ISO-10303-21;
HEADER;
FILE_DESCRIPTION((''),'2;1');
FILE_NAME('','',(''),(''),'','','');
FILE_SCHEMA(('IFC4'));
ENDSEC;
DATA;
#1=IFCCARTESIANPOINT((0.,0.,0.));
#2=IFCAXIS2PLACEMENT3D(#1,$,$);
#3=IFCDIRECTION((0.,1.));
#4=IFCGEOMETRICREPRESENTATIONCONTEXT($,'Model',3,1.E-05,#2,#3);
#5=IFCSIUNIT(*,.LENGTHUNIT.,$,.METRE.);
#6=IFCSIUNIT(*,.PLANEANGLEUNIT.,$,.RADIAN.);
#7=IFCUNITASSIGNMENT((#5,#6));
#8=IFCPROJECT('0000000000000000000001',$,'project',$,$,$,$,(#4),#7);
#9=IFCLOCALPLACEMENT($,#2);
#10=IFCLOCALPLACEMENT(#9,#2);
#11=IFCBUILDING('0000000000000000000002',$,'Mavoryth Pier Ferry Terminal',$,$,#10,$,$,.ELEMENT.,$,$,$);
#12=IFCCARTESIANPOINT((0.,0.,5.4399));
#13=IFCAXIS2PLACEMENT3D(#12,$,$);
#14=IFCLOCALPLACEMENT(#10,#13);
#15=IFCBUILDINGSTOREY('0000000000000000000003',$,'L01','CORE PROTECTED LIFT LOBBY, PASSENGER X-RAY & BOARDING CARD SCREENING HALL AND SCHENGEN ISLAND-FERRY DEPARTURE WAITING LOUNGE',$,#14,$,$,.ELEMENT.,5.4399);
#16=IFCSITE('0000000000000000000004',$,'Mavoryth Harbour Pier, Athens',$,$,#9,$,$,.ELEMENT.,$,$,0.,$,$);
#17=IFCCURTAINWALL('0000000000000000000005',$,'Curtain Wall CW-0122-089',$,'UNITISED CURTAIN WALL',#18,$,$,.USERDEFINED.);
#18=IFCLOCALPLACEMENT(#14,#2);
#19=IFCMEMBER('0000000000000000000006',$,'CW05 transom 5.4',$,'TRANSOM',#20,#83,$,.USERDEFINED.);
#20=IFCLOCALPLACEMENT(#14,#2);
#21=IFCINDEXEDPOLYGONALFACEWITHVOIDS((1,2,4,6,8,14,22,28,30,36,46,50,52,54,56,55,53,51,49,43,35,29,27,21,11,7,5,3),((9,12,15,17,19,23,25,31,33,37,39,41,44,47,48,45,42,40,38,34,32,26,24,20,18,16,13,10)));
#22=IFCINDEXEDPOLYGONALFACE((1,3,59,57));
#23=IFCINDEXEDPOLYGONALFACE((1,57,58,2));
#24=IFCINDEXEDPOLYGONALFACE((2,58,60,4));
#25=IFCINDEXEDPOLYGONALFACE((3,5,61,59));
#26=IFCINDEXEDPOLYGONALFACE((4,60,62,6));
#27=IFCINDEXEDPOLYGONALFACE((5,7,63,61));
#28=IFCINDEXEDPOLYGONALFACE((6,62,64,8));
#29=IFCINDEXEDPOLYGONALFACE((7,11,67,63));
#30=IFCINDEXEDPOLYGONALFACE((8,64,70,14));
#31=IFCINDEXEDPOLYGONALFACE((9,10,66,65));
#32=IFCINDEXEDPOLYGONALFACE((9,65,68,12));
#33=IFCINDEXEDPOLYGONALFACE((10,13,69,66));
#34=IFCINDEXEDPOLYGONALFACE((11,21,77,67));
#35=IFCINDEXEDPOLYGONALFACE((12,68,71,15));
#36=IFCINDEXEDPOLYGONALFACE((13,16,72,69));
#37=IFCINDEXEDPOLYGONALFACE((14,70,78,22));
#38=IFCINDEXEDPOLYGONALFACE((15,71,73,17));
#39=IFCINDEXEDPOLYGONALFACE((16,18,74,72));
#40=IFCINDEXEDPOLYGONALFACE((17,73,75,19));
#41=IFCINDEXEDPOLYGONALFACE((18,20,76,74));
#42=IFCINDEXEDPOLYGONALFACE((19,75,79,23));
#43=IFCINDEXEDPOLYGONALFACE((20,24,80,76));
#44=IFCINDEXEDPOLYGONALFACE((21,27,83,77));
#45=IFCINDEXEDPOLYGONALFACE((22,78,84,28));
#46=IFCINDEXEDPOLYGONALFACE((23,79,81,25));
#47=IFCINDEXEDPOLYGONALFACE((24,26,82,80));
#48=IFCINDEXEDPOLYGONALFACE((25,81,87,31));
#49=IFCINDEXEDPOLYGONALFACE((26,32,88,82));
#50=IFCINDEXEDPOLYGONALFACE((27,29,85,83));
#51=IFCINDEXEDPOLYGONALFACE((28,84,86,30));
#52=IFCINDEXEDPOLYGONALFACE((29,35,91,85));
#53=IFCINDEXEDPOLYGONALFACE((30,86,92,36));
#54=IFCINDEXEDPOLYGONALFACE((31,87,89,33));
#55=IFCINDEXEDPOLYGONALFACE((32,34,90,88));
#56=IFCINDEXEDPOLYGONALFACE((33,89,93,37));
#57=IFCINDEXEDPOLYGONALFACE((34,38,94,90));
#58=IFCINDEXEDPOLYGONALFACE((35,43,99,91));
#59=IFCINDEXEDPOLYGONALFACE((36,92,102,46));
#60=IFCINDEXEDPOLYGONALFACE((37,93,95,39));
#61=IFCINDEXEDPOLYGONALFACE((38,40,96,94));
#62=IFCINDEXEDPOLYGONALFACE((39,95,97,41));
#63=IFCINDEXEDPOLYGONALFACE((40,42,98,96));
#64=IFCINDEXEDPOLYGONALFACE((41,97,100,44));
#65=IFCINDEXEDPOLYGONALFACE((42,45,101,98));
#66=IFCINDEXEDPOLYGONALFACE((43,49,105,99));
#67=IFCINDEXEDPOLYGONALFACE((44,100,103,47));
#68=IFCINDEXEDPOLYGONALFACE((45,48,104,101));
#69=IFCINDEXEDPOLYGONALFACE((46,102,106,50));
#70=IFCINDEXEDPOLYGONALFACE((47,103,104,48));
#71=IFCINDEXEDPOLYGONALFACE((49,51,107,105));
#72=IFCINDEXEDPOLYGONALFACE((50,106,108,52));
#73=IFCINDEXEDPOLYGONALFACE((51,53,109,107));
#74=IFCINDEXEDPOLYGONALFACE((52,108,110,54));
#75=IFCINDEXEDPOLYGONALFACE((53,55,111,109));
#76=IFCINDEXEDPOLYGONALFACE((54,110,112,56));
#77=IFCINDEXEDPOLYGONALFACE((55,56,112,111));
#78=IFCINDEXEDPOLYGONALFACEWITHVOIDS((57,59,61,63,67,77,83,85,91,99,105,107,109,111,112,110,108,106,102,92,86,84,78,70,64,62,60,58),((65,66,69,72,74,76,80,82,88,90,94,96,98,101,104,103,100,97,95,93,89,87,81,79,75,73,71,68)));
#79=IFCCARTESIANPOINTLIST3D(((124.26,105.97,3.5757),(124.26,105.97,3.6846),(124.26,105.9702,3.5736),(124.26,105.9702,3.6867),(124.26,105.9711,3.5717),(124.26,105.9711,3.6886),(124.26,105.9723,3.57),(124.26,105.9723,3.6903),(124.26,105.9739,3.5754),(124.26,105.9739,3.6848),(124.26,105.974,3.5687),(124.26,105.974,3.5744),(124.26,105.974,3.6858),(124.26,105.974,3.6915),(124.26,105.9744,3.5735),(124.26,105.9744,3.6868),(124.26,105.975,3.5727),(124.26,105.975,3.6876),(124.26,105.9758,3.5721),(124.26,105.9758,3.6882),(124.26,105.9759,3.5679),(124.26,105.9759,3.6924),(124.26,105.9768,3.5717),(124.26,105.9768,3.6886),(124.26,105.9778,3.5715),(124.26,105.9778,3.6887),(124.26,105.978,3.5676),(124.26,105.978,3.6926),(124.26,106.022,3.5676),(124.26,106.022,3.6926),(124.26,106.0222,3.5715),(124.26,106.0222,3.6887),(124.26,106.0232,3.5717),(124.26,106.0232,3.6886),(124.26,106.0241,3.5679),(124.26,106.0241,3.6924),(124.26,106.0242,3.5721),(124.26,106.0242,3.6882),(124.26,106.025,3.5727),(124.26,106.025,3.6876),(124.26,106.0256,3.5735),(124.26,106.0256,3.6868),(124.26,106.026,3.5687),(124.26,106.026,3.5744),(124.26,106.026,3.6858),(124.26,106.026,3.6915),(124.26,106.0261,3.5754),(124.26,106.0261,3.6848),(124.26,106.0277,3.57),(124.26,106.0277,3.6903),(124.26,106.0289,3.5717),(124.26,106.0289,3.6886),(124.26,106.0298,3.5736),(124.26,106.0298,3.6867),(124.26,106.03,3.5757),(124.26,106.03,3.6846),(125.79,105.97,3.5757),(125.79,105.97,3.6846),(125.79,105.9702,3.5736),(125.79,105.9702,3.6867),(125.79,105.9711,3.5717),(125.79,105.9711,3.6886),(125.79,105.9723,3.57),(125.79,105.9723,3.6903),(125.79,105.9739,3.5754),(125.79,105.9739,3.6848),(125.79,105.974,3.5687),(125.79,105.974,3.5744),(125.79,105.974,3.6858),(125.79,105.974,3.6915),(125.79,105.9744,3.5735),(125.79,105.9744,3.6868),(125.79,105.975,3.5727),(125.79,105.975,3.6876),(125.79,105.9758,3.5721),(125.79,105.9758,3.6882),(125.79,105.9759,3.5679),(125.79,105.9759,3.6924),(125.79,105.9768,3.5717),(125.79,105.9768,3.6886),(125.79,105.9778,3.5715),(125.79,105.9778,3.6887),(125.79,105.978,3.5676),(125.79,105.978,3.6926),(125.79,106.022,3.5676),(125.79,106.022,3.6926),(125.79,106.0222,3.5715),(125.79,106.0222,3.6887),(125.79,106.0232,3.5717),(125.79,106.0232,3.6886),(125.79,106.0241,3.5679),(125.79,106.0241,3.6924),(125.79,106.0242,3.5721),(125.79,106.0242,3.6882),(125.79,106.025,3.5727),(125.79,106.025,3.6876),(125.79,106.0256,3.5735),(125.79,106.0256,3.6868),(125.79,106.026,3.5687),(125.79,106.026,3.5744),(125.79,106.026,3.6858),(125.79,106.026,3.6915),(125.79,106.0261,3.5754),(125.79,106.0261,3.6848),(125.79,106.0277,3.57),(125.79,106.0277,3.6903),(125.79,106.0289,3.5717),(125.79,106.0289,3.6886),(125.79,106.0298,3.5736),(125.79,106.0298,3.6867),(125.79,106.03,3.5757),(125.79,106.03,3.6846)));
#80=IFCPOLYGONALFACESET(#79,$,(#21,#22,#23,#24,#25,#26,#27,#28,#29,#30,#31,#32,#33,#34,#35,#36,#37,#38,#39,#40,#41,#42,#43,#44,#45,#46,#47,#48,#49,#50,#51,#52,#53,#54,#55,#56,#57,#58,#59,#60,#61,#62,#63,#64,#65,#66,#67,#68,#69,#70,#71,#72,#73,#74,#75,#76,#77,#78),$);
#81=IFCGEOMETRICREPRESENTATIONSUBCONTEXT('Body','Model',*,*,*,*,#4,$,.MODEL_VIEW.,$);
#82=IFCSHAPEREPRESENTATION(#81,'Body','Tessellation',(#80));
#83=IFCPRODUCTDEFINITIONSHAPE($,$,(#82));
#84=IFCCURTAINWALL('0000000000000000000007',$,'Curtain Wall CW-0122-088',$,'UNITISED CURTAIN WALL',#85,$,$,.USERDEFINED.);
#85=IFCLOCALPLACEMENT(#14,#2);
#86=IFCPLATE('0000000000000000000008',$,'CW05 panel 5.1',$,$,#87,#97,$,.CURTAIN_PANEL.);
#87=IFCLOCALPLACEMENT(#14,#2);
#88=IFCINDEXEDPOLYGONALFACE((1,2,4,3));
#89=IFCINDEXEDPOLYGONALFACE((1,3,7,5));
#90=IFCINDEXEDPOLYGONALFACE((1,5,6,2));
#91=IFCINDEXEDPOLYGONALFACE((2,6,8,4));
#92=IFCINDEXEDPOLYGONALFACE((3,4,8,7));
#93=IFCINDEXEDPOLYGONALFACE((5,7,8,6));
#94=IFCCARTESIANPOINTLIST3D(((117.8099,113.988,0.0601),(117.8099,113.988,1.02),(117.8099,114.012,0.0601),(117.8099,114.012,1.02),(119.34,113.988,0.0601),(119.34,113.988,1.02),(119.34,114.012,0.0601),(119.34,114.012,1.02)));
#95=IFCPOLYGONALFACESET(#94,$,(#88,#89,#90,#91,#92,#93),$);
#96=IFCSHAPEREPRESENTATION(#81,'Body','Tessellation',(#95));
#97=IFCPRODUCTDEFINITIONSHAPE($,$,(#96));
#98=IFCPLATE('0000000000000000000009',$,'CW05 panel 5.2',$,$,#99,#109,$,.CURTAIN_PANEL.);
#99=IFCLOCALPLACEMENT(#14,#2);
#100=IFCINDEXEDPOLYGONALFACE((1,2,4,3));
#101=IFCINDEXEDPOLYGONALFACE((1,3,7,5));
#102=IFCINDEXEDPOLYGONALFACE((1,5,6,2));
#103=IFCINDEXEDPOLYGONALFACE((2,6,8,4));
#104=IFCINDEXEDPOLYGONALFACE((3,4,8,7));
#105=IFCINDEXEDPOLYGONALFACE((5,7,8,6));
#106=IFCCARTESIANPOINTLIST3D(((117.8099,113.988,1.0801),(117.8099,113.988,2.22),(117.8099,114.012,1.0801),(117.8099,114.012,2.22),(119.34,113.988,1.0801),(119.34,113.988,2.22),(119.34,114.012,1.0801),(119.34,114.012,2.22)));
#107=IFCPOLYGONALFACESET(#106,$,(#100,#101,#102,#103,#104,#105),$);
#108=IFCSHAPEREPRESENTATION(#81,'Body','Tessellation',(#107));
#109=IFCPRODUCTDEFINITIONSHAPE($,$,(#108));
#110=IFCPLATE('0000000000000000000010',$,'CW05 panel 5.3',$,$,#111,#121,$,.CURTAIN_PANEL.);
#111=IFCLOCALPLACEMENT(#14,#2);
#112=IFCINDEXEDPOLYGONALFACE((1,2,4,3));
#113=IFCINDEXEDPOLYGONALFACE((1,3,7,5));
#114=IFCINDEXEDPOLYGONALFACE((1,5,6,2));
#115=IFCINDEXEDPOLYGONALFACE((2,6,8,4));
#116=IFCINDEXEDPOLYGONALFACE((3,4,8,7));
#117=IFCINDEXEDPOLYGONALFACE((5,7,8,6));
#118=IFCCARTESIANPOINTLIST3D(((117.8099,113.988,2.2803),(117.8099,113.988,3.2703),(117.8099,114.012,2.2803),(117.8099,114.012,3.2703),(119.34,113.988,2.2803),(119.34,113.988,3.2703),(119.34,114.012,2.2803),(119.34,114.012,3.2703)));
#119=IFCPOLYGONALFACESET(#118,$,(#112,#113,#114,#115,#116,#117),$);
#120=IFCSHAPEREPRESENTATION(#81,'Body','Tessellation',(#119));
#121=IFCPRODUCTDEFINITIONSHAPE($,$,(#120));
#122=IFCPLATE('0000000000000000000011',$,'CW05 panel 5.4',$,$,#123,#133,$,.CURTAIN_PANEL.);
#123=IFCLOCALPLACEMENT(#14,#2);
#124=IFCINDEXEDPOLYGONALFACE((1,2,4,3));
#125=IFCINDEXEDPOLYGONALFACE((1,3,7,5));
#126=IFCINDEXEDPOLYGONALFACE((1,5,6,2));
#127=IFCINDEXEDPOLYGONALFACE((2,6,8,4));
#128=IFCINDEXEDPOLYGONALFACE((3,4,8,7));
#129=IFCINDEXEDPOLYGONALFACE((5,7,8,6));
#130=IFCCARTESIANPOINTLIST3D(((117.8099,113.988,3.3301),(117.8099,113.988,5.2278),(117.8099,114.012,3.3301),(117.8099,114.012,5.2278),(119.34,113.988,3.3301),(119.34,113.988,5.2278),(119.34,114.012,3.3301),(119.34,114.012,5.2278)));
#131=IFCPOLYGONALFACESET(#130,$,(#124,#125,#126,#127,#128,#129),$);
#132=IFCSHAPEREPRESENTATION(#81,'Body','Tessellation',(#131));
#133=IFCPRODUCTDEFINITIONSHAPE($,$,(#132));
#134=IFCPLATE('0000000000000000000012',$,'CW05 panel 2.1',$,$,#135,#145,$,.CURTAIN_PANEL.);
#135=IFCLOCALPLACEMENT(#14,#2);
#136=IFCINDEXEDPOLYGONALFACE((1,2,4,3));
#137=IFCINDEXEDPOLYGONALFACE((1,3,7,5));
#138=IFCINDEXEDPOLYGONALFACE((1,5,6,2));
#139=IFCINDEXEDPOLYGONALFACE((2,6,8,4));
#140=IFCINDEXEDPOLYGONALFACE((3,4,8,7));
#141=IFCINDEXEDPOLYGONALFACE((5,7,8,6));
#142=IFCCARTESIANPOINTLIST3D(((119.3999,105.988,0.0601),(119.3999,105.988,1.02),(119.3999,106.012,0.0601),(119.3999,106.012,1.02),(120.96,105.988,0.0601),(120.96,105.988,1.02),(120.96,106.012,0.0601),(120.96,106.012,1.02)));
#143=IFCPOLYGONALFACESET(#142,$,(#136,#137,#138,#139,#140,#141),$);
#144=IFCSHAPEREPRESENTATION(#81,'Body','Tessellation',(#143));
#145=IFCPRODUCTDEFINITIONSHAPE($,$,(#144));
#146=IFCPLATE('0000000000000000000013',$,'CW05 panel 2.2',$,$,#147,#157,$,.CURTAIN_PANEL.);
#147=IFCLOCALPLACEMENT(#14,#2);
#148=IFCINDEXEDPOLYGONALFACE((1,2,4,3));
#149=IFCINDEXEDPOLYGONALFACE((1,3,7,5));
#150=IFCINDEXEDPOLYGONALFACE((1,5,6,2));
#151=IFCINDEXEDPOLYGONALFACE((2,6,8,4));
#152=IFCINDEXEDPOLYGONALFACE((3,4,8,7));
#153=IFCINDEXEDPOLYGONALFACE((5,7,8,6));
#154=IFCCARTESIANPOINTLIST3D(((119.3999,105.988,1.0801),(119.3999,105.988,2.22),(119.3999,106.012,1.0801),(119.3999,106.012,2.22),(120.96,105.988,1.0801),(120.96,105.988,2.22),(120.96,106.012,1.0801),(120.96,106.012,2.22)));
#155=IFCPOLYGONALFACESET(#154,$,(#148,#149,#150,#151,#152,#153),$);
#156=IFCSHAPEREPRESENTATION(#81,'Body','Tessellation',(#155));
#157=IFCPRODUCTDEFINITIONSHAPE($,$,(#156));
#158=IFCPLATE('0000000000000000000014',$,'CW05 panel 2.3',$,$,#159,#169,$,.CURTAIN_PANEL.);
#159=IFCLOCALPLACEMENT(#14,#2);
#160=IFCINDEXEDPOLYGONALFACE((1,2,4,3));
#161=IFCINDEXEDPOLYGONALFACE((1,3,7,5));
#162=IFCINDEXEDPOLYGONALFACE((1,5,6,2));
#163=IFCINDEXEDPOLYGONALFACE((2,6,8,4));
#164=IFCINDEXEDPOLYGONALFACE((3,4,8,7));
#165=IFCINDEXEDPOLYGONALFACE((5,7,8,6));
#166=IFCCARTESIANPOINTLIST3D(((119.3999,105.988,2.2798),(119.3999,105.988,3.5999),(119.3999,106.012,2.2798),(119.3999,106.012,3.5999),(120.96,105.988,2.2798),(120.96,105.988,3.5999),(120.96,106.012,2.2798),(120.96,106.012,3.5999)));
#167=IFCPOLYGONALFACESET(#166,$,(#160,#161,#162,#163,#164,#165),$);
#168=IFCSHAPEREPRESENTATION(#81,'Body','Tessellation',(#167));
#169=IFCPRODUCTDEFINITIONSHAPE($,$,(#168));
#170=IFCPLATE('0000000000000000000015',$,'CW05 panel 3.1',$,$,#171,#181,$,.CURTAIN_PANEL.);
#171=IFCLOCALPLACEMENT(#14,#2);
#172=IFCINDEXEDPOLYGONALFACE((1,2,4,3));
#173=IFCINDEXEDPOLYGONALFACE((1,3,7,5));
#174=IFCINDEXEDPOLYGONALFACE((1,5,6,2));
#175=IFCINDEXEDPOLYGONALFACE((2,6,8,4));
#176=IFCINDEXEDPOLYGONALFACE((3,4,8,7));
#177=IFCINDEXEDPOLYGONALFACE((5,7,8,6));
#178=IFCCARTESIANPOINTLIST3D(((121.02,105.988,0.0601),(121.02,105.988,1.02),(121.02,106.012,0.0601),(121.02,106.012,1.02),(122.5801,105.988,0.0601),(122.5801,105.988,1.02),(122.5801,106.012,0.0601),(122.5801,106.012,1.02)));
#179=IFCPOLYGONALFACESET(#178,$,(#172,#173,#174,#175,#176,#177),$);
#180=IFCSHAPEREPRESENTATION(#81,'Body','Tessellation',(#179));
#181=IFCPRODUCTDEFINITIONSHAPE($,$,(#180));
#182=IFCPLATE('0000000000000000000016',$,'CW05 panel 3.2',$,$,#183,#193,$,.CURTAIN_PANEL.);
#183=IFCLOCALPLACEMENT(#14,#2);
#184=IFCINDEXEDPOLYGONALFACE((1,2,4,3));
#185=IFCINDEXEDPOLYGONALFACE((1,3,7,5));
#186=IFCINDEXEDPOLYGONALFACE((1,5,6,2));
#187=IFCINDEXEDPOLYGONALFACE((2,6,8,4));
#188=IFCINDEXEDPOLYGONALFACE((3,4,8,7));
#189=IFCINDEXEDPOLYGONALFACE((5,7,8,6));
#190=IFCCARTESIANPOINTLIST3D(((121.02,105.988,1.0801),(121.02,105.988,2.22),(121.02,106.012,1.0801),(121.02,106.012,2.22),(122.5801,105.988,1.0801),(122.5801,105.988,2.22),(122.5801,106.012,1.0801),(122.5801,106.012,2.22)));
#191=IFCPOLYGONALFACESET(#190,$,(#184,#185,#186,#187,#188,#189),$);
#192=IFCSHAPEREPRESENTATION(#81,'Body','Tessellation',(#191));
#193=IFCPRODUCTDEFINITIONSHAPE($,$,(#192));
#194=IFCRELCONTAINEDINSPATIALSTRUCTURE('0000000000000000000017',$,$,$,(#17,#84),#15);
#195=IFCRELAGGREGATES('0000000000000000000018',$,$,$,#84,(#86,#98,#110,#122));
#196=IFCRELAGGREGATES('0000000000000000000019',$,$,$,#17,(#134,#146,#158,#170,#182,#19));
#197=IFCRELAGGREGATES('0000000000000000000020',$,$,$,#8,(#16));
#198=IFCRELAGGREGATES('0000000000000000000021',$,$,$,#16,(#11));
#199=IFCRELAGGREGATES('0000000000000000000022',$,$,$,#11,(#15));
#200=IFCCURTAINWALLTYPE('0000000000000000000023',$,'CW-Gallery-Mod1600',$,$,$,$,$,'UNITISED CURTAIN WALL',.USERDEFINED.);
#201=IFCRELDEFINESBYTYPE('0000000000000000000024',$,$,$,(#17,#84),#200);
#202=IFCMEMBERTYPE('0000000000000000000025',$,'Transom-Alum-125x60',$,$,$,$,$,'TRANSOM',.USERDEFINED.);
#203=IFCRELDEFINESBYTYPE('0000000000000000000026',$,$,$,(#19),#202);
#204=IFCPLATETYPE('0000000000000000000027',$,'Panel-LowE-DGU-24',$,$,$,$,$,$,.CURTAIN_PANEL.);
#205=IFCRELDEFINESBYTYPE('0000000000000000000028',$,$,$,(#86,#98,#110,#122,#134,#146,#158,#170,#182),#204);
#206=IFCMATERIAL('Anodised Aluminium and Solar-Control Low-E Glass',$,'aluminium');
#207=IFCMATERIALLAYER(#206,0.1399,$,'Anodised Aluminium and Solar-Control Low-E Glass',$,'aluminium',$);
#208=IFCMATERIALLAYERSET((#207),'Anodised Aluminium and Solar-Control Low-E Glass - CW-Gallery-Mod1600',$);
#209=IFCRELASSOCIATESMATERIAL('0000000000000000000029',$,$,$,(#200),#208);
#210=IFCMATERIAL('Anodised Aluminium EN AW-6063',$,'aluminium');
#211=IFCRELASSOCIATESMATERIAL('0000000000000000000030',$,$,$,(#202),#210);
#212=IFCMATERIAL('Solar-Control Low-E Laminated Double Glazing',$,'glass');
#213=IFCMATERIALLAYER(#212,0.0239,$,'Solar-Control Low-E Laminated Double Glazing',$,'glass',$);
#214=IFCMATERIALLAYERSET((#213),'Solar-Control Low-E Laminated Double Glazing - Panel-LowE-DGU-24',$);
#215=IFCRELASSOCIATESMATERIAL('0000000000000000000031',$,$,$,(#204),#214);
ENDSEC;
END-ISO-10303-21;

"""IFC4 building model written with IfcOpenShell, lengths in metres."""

from ifc_helpers import new_model, si_unit, direction, frame, origin, origin_2d, place, context, subcontext, project, spatial, rectangle, hollow_rectangle, extrude, material, layer, layer_set, material_profile, profile_set, type_object, element, aggregate, save


model = new_model("IFC4")

# Units and contexts
model_context = context("Model", 3, precision=1e-05, world=origin(), true_north=direction((0.0, 1.0)))
body_context = subcontext(model_context, "Body", "Model", "MODEL_VIEW")
ifc_project = project(units=[si_unit("LENGTHUNIT", "METRE"), si_unit("PLANEANGLEUNIT", "RADIAN")], contexts=[model_context])

# Site, building, storey
site_placement = place(None, origin())
site = spatial("IfcSite", under=ifc_project, at=site_placement, Name="Mavoryth Harbour Pier, Athens", CompositionType="ELEMENT", RefElevation=0.0)
building_placement = place(site_placement, origin())
building = spatial("IfcBuilding", under=site, at=building_placement, Name="Mavoryth Pier Ferry Terminal", CompositionType="ELEMENT")
storey_placement = place(building_placement, frame((0.0, 0.0, 5.4399)))
storey = spatial("IfcBuildingStorey", under=building, at=storey_placement, Name="L01", Description="CORE PROTECTED LIFT LOBBY, PASSENGER X-RAY & BOARDING CARD SCREENING HALL AND SCHENGEN ISLAND-FERRY DEPARTURE WAITING LOUNGE", CompositionType="ELEMENT", Elevation=5.4399)

# Curtain wall, member
ifc_material_1 = material(Name="Anodised Aluminium and Solar-Control Low-E Glass", Category="aluminium")
ifc_layer_1 = layer(ifc_material_1, 0.1399, Name="Anodised Aluminium and Solar-Control Low-E Glass", Category="aluminium")
ifc_layer_set_1 = layer_set([ifc_layer_1], Name="Anodised Aluminium and Solar-Control Low-E Glass - CW-Gallery-Mod1600")
curtain_wall_type = type_object("IfcCurtainWallType", Name="CW-Gallery-Mod1600", ElementType="UNITISED CURTAIN WALL", PredefinedType="USERDEFINED", material=ifc_layer_set_1)
curtain_wall_1_placement = place(storey_placement, origin())
curtain_wall_1 = element("IfcCurtainWall", 1, at=curtain_wall_1_placement, inside=storey, type_object=curtain_wall_type, Name="Curtain Wall CW-0122-089", ObjectType="UNITISED CURTAIN WALL", PredefinedType="USERDEFINED")
ifc_material_2 = material(Name="Anodised Aluminium EN AW-6063", Category="aluminium")
ifc_material_profile_1 = material_profile(ifc_material_2, hollow_rectangle(XDim=0.0601, YDim=0.125, WallThickness=0.0039, InnerFilletRadius=0.0039, OuterFilletRadius=0.0081, at=origin_2d()), Name="AL-TRAN 125x60x4", Category="aluminium")
ifc_profile_set_1 = profile_set([ifc_material_profile_1], Name="Anodised Aluminium EN AW-6063 - AL-TRAN 125x60x4")
member_type_1 = type_object("IfcMemberType", Name="Transom-Alum-125x60", ElementType="TRANSOM", PredefinedType="USERDEFINED", material=ifc_profile_set_1)
member_1_placement = place(storey_placement, frame((124.26, 106.0, 3.6301), z_axis=(1.0, 0.0, 0.0), x_axis=(0.0, 1.0, 0.0)))
member_1 = element("IfcMember", 2, at=member_1_placement, type_object=member_type_1, Name="CW05 transom 5.4", ObjectType="TRANSOM", PredefinedType="USERDEFINED", context=body_context, shape_type="SweptSolid", body=[
    extrude(hollow_rectangle(XDim=0.0601, YDim=0.125, WallThickness=0.0039, InnerFilletRadius=0.0039, OuterFilletRadius=0.0081, at=origin_2d()), origin(), (0.0, 0.0, 1.0), 1.53),
])

# Curtain wall, plates
curtain_wall_2_placement = place(storey_placement, origin())
curtain_wall_2 = element("IfcCurtainWall", 3, at=curtain_wall_2_placement, inside=storey, type_object=curtain_wall_type, Name="Curtain Wall CW-0122-088", ObjectType="UNITISED CURTAIN WALL", PredefinedType="USERDEFINED")
ifc_material_3 = material(Name="Solar-Control Low-E Laminated Double Glazing", Category="glass")
ifc_layer_2 = layer(ifc_material_3, 0.0239, Name="Solar-Control Low-E Laminated Double Glazing", Category="glass")
ifc_layer_set_2 = layer_set([ifc_layer_2], Name="Solar-Control Low-E Laminated Double Glazing - Panel-LowE-DGU-24")
plate_type = type_object("IfcPlateType", Name="Panel-LowE-DGU-24", PredefinedType="CURTAIN_PANEL", material=ifc_layer_set_2)
plate_1_placement = place(storey_placement, frame((118.575, 114.0, 0.0601), z_axis=(0.0, 0.0, 1.0), x_axis=(-1.0, 0.0, 0.0)))
plate_1 = element("IfcPlate", 4, at=plate_1_placement, type_object=plate_type, Name="CW05 panel 5.1", PredefinedType="CURTAIN_PANEL", context=body_context, shape_type="SweptSolid", body=[
    extrude(rectangle(XDim=1.53, YDim=0.0239, at=origin_2d()), origin(), (0.0, 0.0, 1.0), 0.96),
])
plate_2_placement = place(storey_placement, frame((118.575, 114.0, 1.0801), z_axis=(0.0, 0.0, 1.0), x_axis=(-1.0, 0.0, 0.0)))
plate_2 = element("IfcPlate", 5, at=plate_2_placement, type_object=plate_type, Name="CW05 panel 5.2", PredefinedType="CURTAIN_PANEL", context=body_context, shape_type="SweptSolid", body=[
    extrude(rectangle(XDim=1.53, YDim=0.0239, at=origin_2d()), origin(), (0.0, 0.0, 1.0), 1.1399),
])
plate_3_placement = place(storey_placement, frame((118.575, 114.0, 2.2803), z_axis=(0.0, 0.0, 1.0), x_axis=(-1.0, 0.0, 0.0)))
plate_3 = element("IfcPlate", 6, at=plate_3_placement, type_object=plate_type, Name="CW05 panel 5.3", PredefinedType="CURTAIN_PANEL", context=body_context, shape_type="SweptSolid", body=[
    extrude(rectangle(XDim=1.53, YDim=0.0239, at=origin_2d()), origin(), (0.0, 0.0, 1.0), 0.99),
])
plate_4_placement = place(storey_placement, frame((118.575, 114.0, 3.3301), z_axis=(0.0, 0.0, 1.0), x_axis=(-1.0, 0.0, 0.0)))
plate_4 = element("IfcPlate", 7, at=plate_4_placement, type_object=plate_type, Name="CW05 panel 5.4", PredefinedType="CURTAIN_PANEL", context=body_context, shape_type="SweptSolid", body=[
    extrude(rectangle(XDim=1.53, YDim=0.0239, at=origin_2d()), origin(), (0.0, 0.0, 1.0), 1.8977),
])
aggregate(curtain_wall_2, [plate_1, plate_2, plate_3, plate_4])

# Plates
plate_5_placement = place(storey_placement, frame((120.1799, 106.0, 0.0601), z_axis=(0.0, 0.0, 1.0), x_axis=(1.0, 0.0, 0.0)))
plate_5 = element("IfcPlate", 8, at=plate_5_placement, type_object=plate_type, Name="CW05 panel 2.1", PredefinedType="CURTAIN_PANEL", context=body_context, shape_type="SweptSolid", body=[
    extrude(rectangle(XDim=1.5601, YDim=0.0239, at=origin_2d()), origin(), (0.0, 0.0, 1.0), 0.96),
])
plate_6_placement = place(storey_placement, frame((120.1799, 106.0, 1.0801), z_axis=(0.0, 0.0, 1.0), x_axis=(1.0, 0.0, 0.0)))
plate_6 = element("IfcPlate", 9, at=plate_6_placement, type_object=plate_type, Name="CW05 panel 2.2", PredefinedType="CURTAIN_PANEL", context=body_context, shape_type="SweptSolid", body=[
    extrude(rectangle(XDim=1.5601, YDim=0.0239, at=origin_2d()), origin(), (0.0, 0.0, 1.0), 1.1399),
])
plate_7_placement = place(storey_placement, frame((120.1799, 106.0, 2.2798), z_axis=(0.0, 0.0, 1.0), x_axis=(1.0, 0.0, 0.0)))
plate_7 = element("IfcPlate", 10, at=plate_7_placement, type_object=plate_type, Name="CW05 panel 2.3", PredefinedType="CURTAIN_PANEL", context=body_context, shape_type="SweptSolid", body=[
    extrude(rectangle(XDim=1.5601, YDim=0.0239, at=origin_2d()), origin(), (0.0, 0.0, 1.0), 1.3201),
])
plate_8_placement = place(storey_placement, frame((121.8, 106.0, 0.0601), z_axis=(0.0, 0.0, 1.0), x_axis=(1.0, 0.0, 0.0)))
plate_8 = element("IfcPlate", 11, at=plate_8_placement, type_object=plate_type, Name="CW05 panel 3.1", PredefinedType="CURTAIN_PANEL", context=body_context, shape_type="SweptSolid", body=[
    extrude(rectangle(XDim=1.5601, YDim=0.0239, at=origin_2d()), origin(), (0.0, 0.0, 1.0), 0.96),
])
plate_9_placement = place(storey_placement, frame((121.8, 106.0, 1.0801), z_axis=(0.0, 0.0, 1.0), x_axis=(1.0, 0.0, 0.0)))
plate_9 = element("IfcPlate", 12, at=plate_9_placement, type_object=plate_type, Name="CW05 panel 3.2", PredefinedType="CURTAIN_PANEL", context=body_context, shape_type="SweptSolid", body=[
    extrude(rectangle(XDim=1.5601, YDim=0.0239, at=origin_2d()), origin(), (0.0, 0.0, 1.0), 1.1399),
])
aggregate(curtain_wall_1, [plate_5, plate_6, plate_7, plate_8, plate_9, member_1])

save(model, "model.ifc")
